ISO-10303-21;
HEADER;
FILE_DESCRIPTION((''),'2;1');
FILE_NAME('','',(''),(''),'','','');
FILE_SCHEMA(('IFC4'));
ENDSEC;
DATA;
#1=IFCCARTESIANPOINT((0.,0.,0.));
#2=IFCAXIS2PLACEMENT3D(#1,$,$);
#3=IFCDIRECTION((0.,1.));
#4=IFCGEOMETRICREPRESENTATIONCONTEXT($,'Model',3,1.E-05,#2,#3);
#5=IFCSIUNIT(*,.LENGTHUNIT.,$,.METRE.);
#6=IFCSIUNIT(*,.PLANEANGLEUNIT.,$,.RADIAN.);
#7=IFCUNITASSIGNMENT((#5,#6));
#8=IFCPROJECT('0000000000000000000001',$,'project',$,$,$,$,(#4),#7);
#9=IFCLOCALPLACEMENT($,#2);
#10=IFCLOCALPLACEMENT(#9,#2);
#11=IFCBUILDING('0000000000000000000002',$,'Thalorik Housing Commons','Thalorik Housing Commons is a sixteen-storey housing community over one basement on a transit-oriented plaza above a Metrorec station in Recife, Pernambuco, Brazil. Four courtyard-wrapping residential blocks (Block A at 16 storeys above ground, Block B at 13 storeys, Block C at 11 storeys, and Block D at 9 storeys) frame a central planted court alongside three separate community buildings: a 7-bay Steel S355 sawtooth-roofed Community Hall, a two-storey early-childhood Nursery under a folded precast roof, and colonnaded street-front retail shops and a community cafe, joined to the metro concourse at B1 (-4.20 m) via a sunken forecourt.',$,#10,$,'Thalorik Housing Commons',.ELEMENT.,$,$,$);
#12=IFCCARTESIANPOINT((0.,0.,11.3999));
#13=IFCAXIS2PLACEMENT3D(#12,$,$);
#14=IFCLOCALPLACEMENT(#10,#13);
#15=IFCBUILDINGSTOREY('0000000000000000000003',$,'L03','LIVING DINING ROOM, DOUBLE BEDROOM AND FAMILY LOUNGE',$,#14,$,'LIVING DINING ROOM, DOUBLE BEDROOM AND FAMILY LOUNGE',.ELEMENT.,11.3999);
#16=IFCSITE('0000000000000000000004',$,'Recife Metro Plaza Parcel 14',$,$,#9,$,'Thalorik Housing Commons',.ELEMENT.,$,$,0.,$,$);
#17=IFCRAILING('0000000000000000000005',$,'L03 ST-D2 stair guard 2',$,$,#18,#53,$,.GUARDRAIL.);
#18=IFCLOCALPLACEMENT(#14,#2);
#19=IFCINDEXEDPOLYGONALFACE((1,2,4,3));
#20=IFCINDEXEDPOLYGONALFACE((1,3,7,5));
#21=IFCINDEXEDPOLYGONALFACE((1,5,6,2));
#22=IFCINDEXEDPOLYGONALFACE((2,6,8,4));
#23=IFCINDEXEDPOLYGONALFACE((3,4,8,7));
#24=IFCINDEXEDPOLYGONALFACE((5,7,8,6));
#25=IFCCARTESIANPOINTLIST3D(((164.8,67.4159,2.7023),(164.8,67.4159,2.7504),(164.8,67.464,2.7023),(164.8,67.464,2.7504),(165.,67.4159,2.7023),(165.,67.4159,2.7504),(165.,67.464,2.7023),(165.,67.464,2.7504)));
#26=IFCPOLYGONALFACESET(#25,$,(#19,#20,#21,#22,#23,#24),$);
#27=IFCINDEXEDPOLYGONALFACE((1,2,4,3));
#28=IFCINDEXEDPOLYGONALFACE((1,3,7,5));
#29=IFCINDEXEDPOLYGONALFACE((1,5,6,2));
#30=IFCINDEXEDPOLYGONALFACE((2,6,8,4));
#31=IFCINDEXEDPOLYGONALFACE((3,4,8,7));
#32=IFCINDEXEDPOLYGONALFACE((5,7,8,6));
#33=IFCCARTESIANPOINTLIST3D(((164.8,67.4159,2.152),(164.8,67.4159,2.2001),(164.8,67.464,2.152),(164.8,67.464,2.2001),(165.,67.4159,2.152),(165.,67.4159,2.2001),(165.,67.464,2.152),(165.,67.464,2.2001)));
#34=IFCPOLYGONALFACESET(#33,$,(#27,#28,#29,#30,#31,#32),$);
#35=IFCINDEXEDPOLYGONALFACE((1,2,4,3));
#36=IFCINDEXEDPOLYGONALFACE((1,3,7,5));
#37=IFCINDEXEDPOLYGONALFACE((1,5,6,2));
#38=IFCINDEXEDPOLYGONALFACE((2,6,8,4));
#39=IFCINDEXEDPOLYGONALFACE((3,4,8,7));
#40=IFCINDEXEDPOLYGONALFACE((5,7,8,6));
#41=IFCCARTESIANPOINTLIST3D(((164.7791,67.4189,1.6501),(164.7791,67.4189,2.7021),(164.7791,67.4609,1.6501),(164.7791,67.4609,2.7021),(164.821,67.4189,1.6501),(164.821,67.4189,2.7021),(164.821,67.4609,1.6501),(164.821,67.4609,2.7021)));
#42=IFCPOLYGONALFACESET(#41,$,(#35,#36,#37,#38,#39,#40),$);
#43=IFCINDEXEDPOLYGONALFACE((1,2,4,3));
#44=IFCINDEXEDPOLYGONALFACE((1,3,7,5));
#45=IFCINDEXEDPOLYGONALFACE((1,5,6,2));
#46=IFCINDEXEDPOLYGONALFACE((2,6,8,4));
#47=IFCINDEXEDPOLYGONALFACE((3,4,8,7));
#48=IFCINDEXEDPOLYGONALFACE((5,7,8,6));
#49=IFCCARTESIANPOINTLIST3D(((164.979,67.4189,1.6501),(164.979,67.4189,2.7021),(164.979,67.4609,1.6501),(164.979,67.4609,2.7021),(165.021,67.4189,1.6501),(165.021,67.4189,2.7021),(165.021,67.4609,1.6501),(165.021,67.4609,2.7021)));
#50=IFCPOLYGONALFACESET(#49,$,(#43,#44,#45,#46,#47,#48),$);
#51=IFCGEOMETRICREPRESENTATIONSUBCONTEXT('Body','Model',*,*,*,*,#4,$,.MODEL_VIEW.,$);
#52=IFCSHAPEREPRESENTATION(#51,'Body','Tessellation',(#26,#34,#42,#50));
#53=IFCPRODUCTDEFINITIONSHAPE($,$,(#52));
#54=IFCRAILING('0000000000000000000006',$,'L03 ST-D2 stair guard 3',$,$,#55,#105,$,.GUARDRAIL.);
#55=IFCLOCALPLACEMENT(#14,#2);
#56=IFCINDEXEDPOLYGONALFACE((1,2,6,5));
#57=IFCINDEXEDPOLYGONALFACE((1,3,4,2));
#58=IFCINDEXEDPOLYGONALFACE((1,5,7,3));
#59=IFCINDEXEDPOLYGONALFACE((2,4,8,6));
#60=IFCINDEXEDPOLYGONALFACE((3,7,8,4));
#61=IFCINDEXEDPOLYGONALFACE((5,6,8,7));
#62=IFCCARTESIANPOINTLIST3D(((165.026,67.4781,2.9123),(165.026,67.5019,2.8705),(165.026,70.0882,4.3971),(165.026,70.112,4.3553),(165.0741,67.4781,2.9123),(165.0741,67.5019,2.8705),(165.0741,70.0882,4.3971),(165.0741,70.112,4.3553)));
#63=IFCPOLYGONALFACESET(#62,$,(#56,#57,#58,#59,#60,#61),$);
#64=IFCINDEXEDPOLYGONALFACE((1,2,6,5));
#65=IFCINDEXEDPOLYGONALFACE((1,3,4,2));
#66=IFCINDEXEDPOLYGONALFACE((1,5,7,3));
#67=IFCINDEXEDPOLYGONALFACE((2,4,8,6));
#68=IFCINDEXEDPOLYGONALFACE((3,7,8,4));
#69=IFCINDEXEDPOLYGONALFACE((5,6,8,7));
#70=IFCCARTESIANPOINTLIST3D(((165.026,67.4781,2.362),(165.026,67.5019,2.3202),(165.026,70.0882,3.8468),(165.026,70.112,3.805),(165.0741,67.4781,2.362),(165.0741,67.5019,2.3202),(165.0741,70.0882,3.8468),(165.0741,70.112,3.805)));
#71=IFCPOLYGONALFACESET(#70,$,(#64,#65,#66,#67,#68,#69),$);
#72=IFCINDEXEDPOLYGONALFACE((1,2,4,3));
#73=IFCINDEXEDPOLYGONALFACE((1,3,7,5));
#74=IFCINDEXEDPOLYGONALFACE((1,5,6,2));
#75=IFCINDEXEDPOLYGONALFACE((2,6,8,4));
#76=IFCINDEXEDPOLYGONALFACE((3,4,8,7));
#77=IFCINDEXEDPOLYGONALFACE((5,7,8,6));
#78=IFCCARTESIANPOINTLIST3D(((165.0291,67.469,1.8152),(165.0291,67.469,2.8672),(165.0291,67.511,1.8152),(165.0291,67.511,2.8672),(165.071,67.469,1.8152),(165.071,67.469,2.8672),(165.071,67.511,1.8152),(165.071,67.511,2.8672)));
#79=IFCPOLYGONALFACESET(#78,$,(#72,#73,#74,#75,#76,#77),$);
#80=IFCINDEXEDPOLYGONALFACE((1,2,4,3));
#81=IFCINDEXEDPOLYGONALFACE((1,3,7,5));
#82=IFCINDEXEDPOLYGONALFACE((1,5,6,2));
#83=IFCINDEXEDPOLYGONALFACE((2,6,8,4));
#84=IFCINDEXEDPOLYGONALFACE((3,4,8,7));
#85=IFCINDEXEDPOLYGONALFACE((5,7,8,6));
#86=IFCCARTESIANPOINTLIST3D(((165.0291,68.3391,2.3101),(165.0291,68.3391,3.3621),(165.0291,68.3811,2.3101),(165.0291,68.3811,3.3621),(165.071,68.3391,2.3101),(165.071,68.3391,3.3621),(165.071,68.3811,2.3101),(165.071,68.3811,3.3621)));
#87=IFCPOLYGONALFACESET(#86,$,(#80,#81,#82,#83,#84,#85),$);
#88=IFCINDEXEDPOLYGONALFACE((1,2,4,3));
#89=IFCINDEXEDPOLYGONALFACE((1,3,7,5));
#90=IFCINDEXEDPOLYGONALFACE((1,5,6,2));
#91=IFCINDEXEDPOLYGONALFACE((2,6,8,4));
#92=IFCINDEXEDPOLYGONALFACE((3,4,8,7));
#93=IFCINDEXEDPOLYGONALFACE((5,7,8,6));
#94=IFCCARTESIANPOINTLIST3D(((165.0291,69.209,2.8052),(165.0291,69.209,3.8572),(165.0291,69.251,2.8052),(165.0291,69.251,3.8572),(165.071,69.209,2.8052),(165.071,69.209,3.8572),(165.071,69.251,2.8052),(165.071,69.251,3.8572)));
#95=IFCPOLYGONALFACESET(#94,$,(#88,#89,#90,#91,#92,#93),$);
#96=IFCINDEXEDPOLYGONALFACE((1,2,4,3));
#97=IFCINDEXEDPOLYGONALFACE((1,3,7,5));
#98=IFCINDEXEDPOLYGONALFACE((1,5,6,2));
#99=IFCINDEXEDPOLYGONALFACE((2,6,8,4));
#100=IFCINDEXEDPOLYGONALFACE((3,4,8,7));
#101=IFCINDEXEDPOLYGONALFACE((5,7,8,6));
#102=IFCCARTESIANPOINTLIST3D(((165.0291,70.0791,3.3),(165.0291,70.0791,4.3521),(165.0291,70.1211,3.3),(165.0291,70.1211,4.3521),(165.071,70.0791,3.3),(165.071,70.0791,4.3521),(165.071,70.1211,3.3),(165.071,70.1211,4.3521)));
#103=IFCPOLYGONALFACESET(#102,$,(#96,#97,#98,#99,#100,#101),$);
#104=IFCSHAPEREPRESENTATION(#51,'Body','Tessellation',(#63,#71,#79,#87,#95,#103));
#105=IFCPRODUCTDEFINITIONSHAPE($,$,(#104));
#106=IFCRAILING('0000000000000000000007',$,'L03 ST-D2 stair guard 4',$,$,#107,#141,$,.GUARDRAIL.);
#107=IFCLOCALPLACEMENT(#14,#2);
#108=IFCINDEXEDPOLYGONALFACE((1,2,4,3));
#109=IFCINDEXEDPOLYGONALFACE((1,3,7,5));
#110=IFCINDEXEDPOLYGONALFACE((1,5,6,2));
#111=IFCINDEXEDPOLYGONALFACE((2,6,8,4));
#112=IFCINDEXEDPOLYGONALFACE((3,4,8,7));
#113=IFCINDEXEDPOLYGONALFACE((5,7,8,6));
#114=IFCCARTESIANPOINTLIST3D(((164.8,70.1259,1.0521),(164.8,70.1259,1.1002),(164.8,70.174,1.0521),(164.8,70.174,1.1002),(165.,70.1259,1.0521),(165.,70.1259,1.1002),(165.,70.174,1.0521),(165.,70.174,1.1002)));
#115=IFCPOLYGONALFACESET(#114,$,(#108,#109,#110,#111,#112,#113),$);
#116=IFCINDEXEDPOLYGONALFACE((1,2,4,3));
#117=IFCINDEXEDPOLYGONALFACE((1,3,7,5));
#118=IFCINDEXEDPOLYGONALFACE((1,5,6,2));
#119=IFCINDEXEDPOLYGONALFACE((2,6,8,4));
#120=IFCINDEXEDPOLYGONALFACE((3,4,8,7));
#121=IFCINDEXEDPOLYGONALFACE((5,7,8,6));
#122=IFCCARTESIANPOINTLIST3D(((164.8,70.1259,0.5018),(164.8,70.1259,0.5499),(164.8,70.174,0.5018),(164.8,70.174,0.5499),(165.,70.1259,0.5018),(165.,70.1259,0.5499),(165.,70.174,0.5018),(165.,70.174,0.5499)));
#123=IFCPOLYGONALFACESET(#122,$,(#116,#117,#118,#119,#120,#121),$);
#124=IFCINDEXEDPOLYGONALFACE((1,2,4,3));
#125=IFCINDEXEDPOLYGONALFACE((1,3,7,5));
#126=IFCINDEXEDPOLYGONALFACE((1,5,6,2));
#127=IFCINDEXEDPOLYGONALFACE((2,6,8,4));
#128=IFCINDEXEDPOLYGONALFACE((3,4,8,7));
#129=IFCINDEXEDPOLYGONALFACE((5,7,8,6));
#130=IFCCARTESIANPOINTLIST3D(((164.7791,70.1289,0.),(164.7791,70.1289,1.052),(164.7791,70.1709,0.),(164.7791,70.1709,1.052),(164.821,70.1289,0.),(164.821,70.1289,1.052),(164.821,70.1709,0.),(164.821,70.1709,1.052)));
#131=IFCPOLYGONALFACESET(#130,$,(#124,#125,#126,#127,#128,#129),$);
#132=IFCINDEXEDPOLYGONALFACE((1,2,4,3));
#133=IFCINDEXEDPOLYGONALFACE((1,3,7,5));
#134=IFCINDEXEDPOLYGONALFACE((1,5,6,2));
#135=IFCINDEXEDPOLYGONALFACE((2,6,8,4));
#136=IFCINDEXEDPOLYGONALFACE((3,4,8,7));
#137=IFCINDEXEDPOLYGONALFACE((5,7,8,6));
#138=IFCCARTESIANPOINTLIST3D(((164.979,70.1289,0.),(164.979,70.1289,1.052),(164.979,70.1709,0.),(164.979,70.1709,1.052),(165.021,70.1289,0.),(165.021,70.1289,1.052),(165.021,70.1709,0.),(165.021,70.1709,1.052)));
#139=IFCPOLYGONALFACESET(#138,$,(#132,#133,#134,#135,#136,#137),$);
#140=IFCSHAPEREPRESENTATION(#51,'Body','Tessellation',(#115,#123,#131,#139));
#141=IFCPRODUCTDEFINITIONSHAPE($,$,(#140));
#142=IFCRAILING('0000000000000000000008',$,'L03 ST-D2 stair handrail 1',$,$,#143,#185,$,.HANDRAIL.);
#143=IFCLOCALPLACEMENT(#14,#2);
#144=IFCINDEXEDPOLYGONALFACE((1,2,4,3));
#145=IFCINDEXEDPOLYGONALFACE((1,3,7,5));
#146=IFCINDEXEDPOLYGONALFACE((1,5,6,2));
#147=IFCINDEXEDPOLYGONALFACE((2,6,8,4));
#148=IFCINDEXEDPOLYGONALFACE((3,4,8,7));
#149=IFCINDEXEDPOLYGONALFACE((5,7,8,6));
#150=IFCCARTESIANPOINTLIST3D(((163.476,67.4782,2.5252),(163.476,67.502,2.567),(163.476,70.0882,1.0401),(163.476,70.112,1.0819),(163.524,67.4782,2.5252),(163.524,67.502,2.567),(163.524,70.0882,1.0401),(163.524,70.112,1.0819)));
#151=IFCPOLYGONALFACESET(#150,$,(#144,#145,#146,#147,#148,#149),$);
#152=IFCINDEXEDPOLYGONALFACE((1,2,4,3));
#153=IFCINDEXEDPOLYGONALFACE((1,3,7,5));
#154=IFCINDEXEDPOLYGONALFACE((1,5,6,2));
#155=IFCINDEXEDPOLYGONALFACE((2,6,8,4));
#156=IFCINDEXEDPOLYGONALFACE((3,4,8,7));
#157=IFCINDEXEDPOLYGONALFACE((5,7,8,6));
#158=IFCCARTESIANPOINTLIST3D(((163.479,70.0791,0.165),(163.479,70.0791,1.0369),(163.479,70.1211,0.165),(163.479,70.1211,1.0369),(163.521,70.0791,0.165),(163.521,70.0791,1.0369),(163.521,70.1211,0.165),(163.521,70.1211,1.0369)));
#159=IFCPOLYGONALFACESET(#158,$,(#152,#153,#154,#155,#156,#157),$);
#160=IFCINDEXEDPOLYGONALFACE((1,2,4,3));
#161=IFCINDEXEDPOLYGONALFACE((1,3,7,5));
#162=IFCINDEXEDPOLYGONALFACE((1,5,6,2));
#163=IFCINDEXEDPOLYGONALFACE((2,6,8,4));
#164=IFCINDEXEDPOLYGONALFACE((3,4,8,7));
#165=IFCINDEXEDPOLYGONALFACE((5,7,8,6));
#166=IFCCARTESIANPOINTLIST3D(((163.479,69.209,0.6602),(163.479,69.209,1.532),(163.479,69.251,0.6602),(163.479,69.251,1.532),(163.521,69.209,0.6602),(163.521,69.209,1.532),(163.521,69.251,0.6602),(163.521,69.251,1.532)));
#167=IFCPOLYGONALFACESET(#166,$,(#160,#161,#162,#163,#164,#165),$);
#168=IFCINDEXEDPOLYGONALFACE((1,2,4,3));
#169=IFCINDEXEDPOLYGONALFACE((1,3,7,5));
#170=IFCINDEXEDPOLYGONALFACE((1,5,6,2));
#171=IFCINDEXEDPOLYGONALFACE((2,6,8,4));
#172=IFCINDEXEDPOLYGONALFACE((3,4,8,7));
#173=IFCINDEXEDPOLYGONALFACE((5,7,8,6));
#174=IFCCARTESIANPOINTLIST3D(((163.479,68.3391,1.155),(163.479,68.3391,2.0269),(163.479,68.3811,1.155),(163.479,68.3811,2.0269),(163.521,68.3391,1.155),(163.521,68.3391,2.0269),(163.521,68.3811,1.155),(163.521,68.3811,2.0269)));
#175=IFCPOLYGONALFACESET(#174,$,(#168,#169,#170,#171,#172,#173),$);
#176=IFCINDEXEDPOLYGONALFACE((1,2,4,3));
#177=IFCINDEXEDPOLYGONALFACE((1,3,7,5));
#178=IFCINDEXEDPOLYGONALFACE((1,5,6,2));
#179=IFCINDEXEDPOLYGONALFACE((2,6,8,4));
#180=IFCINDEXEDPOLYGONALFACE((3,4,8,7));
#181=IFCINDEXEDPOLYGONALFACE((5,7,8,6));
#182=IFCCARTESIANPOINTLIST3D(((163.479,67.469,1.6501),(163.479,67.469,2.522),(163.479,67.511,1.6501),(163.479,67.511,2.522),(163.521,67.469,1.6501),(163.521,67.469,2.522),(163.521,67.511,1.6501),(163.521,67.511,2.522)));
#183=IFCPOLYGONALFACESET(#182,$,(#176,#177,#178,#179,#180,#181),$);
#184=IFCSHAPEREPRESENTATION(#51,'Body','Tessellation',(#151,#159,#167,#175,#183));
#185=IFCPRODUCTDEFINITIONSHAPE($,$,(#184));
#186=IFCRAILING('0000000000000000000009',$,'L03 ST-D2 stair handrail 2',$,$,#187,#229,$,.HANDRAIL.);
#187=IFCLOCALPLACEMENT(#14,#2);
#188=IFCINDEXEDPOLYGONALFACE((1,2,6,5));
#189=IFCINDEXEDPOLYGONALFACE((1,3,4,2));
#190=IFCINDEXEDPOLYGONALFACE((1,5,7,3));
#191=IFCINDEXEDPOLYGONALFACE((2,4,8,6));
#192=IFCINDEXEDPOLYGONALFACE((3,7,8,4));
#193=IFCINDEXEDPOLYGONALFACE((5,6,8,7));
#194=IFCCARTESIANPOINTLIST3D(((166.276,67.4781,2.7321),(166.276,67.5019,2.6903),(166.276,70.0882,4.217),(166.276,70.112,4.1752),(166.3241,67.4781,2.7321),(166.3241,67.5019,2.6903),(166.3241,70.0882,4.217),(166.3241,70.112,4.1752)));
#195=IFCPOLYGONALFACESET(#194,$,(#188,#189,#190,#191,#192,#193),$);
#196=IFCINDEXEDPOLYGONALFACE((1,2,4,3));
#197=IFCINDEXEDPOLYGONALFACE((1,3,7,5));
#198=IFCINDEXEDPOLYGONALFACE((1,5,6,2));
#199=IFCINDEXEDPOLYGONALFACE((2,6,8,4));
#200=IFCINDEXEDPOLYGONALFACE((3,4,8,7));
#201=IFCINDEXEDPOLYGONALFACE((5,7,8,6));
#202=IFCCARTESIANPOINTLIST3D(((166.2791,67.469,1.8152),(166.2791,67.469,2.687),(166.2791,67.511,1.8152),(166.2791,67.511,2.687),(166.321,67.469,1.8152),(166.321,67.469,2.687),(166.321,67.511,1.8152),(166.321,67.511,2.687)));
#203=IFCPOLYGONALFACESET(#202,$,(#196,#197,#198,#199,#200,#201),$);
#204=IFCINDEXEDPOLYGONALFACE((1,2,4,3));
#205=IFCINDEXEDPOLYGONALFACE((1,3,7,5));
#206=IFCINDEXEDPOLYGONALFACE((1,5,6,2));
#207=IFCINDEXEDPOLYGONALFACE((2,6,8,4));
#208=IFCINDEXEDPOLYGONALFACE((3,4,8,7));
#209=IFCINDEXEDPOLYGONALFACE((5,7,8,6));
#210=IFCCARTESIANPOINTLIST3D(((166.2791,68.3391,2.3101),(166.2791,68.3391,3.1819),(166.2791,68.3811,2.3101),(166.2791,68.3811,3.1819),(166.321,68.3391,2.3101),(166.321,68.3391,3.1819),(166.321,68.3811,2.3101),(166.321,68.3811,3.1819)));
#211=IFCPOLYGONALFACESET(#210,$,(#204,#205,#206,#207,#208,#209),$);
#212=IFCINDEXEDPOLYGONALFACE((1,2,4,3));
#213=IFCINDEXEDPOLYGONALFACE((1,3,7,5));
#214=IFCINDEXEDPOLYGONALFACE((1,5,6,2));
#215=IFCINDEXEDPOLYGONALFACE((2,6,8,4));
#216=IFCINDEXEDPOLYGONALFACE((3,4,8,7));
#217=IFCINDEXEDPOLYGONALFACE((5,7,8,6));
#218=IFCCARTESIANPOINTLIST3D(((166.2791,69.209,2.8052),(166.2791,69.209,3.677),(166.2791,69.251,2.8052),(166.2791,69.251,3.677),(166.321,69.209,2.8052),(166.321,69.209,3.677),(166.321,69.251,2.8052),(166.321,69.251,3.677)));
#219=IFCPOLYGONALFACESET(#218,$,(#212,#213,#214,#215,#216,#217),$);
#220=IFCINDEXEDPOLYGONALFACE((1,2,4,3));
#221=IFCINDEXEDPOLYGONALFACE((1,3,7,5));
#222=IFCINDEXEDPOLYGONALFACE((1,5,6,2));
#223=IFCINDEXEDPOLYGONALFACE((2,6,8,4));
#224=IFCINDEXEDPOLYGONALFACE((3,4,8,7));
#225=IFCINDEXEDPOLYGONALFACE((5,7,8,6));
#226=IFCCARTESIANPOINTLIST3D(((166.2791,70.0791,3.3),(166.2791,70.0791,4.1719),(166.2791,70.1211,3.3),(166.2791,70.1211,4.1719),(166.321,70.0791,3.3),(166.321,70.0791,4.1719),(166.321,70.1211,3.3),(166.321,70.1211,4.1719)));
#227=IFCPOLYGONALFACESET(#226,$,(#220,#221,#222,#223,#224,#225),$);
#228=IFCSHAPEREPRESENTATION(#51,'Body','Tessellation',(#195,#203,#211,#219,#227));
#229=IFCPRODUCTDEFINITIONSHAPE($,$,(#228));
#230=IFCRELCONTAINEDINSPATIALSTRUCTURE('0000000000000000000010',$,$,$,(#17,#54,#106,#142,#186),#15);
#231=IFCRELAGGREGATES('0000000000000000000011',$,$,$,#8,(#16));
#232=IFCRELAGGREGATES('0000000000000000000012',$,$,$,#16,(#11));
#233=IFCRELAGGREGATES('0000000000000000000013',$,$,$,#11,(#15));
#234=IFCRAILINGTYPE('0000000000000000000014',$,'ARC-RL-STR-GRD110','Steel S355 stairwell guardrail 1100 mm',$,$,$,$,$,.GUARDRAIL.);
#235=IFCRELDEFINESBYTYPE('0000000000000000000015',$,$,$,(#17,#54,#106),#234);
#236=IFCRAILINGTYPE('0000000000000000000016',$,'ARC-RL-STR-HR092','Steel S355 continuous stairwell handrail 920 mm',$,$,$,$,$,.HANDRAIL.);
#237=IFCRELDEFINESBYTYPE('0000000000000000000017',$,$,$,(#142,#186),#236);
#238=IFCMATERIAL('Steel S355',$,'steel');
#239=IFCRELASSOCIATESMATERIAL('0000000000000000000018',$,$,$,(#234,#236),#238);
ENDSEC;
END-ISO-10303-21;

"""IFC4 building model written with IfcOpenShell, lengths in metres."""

from ifc_helpers import new_model, si_unit, direction, frame, origin, origin_2d, place, context, subcontext, project, spatial, rectangle, extrude, material, type_object, element, save


model = new_model("IFC4")

# Units and contexts
model_context = context("Model", 3, precision=1e-05, world=origin(), true_north=direction((0.0, 1.0)))
body_context = subcontext(model_context, "Body", "Model", "MODEL_VIEW")
ifc_project = project(units=[si_unit("LENGTHUNIT", "METRE"), si_unit("PLANEANGLEUNIT", "RADIAN")], contexts=[model_context])

# Site, building, storey
site_placement = place(None, origin())
site = spatial("IfcSite", under=ifc_project, at=site_placement, Name="Recife Metro Plaza Parcel 14", LongName="Thalorik Housing Commons", CompositionType="ELEMENT", RefElevation=0.0)
building_placement = place(site_placement, origin())
building = spatial("IfcBuilding", under=site, at=building_placement, Name="Thalorik Housing Commons", Description="Thalorik Housing Commons is a sixteen-storey housing community over one basement on a transit-oriented plaza above a Metrorec station in Recife, Pernambuco, Brazil. Four courtyard-wrapping residential blocks (Block A at 16 storeys above ground, Block B at 13 storeys, Block C at 11 storeys, and Block D at 9 storeys) frame a central planted court alongside three separate community buildings: a 7-bay Steel S355 sawtooth-roofed Community Hall, a two-storey early-childhood Nursery under a folded precast roof, and colonnaded street-front retail shops and a community cafe, joined to the metro concourse at B1 (-4.20 m) via a sunken forecourt.", LongName="Thalorik Housing Commons", CompositionType="ELEMENT")
storey_placement = place(building_placement, frame((0.0, 0.0, 11.3999)))
storey = spatial("IfcBuildingStorey", under=building, at=storey_placement, Name="L03", Description="LIVING DINING ROOM, DOUBLE BEDROOM AND FAMILY LOUNGE", LongName="LIVING DINING ROOM, DOUBLE BEDROOM AND FAMILY LOUNGE", CompositionType="ELEMENT", Elevation=11.3999)

# Shared definitions
ifc_material_1 = material(Name="Steel S355", Category="steel")

# Railings
railing_type_1 = type_object("IfcRailingType", Name="ARC-RL-STR-GRD110", Description="Steel S355 stairwell guardrail 1100 mm", PredefinedType="GUARDRAIL", material=ifc_material_1)
railing_1_placement = place(storey_placement, frame((164.8, 67.4399, 1.6501)))
element("IfcRailing", 1, at=railing_1_placement, inside=storey, type_object=railing_type_1, Name="L03 ST-D2 stair guard 2", PredefinedType="GUARDRAIL", context=body_context, shape_type="SweptSolid", body=[
    extrude(rectangle(XDim=0.0481, YDim=0.0481, at=origin_2d()), frame((0.0, 0.0, 1.0762), z_axis=(1.0, 0.0, 0.0), x_axis=(0.0, 1.0, 0.0)), (0.0, 0.0, 1.0), 0.2),
    extrude(rectangle(XDim=0.0481, YDim=0.0481, at=origin_2d()), frame((0.0, 0.0, 0.5259), z_axis=(1.0, 0.0, 0.0), x_axis=(0.0, 1.0, 0.0)), (0.0, 0.0, 1.0), 0.2),
    extrude(rectangle(XDim=0.042, YDim=0.042, at=origin_2d()), origin(), (0.0, 0.0, 1.0), 1.052),
    extrude(rectangle(XDim=0.042, YDim=0.042, at=origin_2d()), frame((0.2, 0.0, 0.0)), (0.0, 0.0, 1.0), 1.052),
])
railing_2_placement = place(storey_placement, frame((165.05, 67.49, 1.8152)))
element("IfcRailing", 2, at=railing_2_placement, inside=storey, type_object=railing_type_1, Name="L03 ST-D2 stair guard 3", PredefinedType="GUARDRAIL", context=body_context, shape_type="SweptSolid", body=[
    extrude(rectangle(XDim=0.0481, YDim=0.0481, at=origin_2d()), frame((0.0, 0.0, 1.0762), z_axis=(0.0, 0.869192, 0.494474), x_axis=(-1.0, 0.0, 0.0)), (0.0, 0.0, 1.0), 3.0029),
    extrude(rectangle(XDim=0.0481, YDim=0.0481, at=origin_2d()), frame((0.0, 0.0, 0.5259), z_axis=(0.0, 0.869192, 0.494474), x_axis=(-1.0, 0.0, 0.0)), (0.0, 0.0, 1.0), 3.0029),
    extrude(rectangle(XDim=0.042, YDim=0.042, at=origin_2d()), origin(), (0.0, 0.0, 1.0), 1.052),
    extrude(rectangle(XDim=0.042, YDim=0.042, at=origin_2d()), frame((0.0, 0.8701, 0.4949)), (0.0, 0.0, 1.0), 1.052),
    extrude(rectangle(XDim=0.042, YDim=0.042, at=origin_2d()), frame((0.0, 1.74, 0.99)), (0.0, 0.0, 1.0), 1.052),
    extrude(rectangle(XDim=0.042, YDim=0.042, at=origin_2d()), frame((0.0, 2.6101, 1.4849)), (0.0, 0.0, 1.0), 1.052),
])
railing_3_placement = place(storey_placement, frame((164.8, 70.1499, 0.0)))
element("IfcRailing", 3, at=railing_3_placement, inside=storey, type_object=railing_type_1, Name="L03 ST-D2 stair guard 4", PredefinedType="GUARDRAIL", context=body_context, shape_type="SweptSolid", body=[
    extrude(rectangle(XDim=0.0481, YDim=0.0481, at=origin_2d()), frame((0.0, 0.0, 1.0762), z_axis=(1.0, 0.0, 0.0), x_axis=(0.0, 1.0, 0.0)), (0.0, 0.0, 1.0), 0.2),
    extrude(rectangle(XDim=0.0481, YDim=0.0481, at=origin_2d()), frame((0.0, 0.0, 0.5259), z_axis=(1.0, 0.0, 0.0), x_axis=(0.0, 1.0, 0.0)), (0.0, 0.0, 1.0), 0.2),
    extrude(rectangle(XDim=0.042, YDim=0.042, at=origin_2d()), origin(), (0.0, 0.0, 1.0), 1.052),
    extrude(rectangle(XDim=0.042, YDim=0.042, at=origin_2d()), frame((0.2, 0.0, 0.0)), (0.0, 0.0, 1.0), 1.052),
])
railing_type_2 = type_object("IfcRailingType", Name="ARC-RL-STR-HR092", Description="Steel S355 continuous stairwell handrail 920 mm", PredefinedType="HANDRAIL", material=ifc_material_1)
railing_4_placement = place(storey_placement, frame((163.5, 70.1001, 0.165)))
element("IfcRailing", 4, at=railing_4_placement, inside=storey, type_object=railing_type_2, Name="L03 ST-D2 stair handrail 1", PredefinedType="HANDRAIL", context=body_context, shape_type="SweptSolid", body=[
    extrude(rectangle(XDim=0.0481, YDim=0.0481, at=origin_2d()), frame((0.0, 0.0, 0.896), z_axis=(0.0, -0.869157, 0.494536), x_axis=(1.0, 0.0, 0.0)), (0.0, 0.0, 1.0), 3.0029),
    extrude(rectangle(XDim=0.042, YDim=0.042, at=origin_2d()), origin(), (0.0, 0.0, 1.0), 0.8718),
    extrude(rectangle(XDim=0.042, YDim=0.042, at=origin_2d()), frame((0.0, -0.8701, 0.4951)), (0.0, 0.0, 1.0), 0.8718),
    extrude(rectangle(XDim=0.042, YDim=0.042, at=origin_2d()), frame((0.0, -1.74, 0.99)), (0.0, 0.0, 1.0), 0.8718),
    extrude(rectangle(XDim=0.042, YDim=0.042, at=origin_2d()), frame((0.0, -2.6101, 1.4851)), (0.0, 0.0, 1.0), 0.8718),
])
railing_5_placement = place(storey_placement, frame((166.3, 67.49, 1.8152)))
element("IfcRailing", 5, at=railing_5_placement, inside=storey, type_object=railing_type_2, Name="L03 ST-D2 stair handrail 2", PredefinedType="HANDRAIL", context=body_context, shape_type="SweptSolid", body=[
    extrude(rectangle(XDim=0.0481, YDim=0.0481, at=origin_2d()), frame((0.0, 0.0, 0.896), z_axis=(0.0, 0.869192, 0.494474), x_axis=(-1.0, 0.0, 0.0)), (0.0, 0.0, 1.0), 3.0029),
    extrude(rectangle(XDim=0.042, YDim=0.042, at=origin_2d()), origin(), (0.0, 0.0, 1.0), 0.8718),
    extrude(rectangle(XDim=0.042, YDim=0.042, at=origin_2d()), frame((0.0, 0.8701, 0.4949)), (0.0, 0.0, 1.0), 0.8718),
    extrude(rectangle(XDim=0.042, YDim=0.042, at=origin_2d()), frame((0.0, 1.74, 0.99)), (0.0, 0.0, 1.0), 0.8718),
    extrude(rectangle(XDim=0.042, YDim=0.042, at=origin_2d()), frame((0.0, 2.6101, 1.4849)), (0.0, 0.0, 1.0), 0.8718),
])

save(model, "model.ifc")
